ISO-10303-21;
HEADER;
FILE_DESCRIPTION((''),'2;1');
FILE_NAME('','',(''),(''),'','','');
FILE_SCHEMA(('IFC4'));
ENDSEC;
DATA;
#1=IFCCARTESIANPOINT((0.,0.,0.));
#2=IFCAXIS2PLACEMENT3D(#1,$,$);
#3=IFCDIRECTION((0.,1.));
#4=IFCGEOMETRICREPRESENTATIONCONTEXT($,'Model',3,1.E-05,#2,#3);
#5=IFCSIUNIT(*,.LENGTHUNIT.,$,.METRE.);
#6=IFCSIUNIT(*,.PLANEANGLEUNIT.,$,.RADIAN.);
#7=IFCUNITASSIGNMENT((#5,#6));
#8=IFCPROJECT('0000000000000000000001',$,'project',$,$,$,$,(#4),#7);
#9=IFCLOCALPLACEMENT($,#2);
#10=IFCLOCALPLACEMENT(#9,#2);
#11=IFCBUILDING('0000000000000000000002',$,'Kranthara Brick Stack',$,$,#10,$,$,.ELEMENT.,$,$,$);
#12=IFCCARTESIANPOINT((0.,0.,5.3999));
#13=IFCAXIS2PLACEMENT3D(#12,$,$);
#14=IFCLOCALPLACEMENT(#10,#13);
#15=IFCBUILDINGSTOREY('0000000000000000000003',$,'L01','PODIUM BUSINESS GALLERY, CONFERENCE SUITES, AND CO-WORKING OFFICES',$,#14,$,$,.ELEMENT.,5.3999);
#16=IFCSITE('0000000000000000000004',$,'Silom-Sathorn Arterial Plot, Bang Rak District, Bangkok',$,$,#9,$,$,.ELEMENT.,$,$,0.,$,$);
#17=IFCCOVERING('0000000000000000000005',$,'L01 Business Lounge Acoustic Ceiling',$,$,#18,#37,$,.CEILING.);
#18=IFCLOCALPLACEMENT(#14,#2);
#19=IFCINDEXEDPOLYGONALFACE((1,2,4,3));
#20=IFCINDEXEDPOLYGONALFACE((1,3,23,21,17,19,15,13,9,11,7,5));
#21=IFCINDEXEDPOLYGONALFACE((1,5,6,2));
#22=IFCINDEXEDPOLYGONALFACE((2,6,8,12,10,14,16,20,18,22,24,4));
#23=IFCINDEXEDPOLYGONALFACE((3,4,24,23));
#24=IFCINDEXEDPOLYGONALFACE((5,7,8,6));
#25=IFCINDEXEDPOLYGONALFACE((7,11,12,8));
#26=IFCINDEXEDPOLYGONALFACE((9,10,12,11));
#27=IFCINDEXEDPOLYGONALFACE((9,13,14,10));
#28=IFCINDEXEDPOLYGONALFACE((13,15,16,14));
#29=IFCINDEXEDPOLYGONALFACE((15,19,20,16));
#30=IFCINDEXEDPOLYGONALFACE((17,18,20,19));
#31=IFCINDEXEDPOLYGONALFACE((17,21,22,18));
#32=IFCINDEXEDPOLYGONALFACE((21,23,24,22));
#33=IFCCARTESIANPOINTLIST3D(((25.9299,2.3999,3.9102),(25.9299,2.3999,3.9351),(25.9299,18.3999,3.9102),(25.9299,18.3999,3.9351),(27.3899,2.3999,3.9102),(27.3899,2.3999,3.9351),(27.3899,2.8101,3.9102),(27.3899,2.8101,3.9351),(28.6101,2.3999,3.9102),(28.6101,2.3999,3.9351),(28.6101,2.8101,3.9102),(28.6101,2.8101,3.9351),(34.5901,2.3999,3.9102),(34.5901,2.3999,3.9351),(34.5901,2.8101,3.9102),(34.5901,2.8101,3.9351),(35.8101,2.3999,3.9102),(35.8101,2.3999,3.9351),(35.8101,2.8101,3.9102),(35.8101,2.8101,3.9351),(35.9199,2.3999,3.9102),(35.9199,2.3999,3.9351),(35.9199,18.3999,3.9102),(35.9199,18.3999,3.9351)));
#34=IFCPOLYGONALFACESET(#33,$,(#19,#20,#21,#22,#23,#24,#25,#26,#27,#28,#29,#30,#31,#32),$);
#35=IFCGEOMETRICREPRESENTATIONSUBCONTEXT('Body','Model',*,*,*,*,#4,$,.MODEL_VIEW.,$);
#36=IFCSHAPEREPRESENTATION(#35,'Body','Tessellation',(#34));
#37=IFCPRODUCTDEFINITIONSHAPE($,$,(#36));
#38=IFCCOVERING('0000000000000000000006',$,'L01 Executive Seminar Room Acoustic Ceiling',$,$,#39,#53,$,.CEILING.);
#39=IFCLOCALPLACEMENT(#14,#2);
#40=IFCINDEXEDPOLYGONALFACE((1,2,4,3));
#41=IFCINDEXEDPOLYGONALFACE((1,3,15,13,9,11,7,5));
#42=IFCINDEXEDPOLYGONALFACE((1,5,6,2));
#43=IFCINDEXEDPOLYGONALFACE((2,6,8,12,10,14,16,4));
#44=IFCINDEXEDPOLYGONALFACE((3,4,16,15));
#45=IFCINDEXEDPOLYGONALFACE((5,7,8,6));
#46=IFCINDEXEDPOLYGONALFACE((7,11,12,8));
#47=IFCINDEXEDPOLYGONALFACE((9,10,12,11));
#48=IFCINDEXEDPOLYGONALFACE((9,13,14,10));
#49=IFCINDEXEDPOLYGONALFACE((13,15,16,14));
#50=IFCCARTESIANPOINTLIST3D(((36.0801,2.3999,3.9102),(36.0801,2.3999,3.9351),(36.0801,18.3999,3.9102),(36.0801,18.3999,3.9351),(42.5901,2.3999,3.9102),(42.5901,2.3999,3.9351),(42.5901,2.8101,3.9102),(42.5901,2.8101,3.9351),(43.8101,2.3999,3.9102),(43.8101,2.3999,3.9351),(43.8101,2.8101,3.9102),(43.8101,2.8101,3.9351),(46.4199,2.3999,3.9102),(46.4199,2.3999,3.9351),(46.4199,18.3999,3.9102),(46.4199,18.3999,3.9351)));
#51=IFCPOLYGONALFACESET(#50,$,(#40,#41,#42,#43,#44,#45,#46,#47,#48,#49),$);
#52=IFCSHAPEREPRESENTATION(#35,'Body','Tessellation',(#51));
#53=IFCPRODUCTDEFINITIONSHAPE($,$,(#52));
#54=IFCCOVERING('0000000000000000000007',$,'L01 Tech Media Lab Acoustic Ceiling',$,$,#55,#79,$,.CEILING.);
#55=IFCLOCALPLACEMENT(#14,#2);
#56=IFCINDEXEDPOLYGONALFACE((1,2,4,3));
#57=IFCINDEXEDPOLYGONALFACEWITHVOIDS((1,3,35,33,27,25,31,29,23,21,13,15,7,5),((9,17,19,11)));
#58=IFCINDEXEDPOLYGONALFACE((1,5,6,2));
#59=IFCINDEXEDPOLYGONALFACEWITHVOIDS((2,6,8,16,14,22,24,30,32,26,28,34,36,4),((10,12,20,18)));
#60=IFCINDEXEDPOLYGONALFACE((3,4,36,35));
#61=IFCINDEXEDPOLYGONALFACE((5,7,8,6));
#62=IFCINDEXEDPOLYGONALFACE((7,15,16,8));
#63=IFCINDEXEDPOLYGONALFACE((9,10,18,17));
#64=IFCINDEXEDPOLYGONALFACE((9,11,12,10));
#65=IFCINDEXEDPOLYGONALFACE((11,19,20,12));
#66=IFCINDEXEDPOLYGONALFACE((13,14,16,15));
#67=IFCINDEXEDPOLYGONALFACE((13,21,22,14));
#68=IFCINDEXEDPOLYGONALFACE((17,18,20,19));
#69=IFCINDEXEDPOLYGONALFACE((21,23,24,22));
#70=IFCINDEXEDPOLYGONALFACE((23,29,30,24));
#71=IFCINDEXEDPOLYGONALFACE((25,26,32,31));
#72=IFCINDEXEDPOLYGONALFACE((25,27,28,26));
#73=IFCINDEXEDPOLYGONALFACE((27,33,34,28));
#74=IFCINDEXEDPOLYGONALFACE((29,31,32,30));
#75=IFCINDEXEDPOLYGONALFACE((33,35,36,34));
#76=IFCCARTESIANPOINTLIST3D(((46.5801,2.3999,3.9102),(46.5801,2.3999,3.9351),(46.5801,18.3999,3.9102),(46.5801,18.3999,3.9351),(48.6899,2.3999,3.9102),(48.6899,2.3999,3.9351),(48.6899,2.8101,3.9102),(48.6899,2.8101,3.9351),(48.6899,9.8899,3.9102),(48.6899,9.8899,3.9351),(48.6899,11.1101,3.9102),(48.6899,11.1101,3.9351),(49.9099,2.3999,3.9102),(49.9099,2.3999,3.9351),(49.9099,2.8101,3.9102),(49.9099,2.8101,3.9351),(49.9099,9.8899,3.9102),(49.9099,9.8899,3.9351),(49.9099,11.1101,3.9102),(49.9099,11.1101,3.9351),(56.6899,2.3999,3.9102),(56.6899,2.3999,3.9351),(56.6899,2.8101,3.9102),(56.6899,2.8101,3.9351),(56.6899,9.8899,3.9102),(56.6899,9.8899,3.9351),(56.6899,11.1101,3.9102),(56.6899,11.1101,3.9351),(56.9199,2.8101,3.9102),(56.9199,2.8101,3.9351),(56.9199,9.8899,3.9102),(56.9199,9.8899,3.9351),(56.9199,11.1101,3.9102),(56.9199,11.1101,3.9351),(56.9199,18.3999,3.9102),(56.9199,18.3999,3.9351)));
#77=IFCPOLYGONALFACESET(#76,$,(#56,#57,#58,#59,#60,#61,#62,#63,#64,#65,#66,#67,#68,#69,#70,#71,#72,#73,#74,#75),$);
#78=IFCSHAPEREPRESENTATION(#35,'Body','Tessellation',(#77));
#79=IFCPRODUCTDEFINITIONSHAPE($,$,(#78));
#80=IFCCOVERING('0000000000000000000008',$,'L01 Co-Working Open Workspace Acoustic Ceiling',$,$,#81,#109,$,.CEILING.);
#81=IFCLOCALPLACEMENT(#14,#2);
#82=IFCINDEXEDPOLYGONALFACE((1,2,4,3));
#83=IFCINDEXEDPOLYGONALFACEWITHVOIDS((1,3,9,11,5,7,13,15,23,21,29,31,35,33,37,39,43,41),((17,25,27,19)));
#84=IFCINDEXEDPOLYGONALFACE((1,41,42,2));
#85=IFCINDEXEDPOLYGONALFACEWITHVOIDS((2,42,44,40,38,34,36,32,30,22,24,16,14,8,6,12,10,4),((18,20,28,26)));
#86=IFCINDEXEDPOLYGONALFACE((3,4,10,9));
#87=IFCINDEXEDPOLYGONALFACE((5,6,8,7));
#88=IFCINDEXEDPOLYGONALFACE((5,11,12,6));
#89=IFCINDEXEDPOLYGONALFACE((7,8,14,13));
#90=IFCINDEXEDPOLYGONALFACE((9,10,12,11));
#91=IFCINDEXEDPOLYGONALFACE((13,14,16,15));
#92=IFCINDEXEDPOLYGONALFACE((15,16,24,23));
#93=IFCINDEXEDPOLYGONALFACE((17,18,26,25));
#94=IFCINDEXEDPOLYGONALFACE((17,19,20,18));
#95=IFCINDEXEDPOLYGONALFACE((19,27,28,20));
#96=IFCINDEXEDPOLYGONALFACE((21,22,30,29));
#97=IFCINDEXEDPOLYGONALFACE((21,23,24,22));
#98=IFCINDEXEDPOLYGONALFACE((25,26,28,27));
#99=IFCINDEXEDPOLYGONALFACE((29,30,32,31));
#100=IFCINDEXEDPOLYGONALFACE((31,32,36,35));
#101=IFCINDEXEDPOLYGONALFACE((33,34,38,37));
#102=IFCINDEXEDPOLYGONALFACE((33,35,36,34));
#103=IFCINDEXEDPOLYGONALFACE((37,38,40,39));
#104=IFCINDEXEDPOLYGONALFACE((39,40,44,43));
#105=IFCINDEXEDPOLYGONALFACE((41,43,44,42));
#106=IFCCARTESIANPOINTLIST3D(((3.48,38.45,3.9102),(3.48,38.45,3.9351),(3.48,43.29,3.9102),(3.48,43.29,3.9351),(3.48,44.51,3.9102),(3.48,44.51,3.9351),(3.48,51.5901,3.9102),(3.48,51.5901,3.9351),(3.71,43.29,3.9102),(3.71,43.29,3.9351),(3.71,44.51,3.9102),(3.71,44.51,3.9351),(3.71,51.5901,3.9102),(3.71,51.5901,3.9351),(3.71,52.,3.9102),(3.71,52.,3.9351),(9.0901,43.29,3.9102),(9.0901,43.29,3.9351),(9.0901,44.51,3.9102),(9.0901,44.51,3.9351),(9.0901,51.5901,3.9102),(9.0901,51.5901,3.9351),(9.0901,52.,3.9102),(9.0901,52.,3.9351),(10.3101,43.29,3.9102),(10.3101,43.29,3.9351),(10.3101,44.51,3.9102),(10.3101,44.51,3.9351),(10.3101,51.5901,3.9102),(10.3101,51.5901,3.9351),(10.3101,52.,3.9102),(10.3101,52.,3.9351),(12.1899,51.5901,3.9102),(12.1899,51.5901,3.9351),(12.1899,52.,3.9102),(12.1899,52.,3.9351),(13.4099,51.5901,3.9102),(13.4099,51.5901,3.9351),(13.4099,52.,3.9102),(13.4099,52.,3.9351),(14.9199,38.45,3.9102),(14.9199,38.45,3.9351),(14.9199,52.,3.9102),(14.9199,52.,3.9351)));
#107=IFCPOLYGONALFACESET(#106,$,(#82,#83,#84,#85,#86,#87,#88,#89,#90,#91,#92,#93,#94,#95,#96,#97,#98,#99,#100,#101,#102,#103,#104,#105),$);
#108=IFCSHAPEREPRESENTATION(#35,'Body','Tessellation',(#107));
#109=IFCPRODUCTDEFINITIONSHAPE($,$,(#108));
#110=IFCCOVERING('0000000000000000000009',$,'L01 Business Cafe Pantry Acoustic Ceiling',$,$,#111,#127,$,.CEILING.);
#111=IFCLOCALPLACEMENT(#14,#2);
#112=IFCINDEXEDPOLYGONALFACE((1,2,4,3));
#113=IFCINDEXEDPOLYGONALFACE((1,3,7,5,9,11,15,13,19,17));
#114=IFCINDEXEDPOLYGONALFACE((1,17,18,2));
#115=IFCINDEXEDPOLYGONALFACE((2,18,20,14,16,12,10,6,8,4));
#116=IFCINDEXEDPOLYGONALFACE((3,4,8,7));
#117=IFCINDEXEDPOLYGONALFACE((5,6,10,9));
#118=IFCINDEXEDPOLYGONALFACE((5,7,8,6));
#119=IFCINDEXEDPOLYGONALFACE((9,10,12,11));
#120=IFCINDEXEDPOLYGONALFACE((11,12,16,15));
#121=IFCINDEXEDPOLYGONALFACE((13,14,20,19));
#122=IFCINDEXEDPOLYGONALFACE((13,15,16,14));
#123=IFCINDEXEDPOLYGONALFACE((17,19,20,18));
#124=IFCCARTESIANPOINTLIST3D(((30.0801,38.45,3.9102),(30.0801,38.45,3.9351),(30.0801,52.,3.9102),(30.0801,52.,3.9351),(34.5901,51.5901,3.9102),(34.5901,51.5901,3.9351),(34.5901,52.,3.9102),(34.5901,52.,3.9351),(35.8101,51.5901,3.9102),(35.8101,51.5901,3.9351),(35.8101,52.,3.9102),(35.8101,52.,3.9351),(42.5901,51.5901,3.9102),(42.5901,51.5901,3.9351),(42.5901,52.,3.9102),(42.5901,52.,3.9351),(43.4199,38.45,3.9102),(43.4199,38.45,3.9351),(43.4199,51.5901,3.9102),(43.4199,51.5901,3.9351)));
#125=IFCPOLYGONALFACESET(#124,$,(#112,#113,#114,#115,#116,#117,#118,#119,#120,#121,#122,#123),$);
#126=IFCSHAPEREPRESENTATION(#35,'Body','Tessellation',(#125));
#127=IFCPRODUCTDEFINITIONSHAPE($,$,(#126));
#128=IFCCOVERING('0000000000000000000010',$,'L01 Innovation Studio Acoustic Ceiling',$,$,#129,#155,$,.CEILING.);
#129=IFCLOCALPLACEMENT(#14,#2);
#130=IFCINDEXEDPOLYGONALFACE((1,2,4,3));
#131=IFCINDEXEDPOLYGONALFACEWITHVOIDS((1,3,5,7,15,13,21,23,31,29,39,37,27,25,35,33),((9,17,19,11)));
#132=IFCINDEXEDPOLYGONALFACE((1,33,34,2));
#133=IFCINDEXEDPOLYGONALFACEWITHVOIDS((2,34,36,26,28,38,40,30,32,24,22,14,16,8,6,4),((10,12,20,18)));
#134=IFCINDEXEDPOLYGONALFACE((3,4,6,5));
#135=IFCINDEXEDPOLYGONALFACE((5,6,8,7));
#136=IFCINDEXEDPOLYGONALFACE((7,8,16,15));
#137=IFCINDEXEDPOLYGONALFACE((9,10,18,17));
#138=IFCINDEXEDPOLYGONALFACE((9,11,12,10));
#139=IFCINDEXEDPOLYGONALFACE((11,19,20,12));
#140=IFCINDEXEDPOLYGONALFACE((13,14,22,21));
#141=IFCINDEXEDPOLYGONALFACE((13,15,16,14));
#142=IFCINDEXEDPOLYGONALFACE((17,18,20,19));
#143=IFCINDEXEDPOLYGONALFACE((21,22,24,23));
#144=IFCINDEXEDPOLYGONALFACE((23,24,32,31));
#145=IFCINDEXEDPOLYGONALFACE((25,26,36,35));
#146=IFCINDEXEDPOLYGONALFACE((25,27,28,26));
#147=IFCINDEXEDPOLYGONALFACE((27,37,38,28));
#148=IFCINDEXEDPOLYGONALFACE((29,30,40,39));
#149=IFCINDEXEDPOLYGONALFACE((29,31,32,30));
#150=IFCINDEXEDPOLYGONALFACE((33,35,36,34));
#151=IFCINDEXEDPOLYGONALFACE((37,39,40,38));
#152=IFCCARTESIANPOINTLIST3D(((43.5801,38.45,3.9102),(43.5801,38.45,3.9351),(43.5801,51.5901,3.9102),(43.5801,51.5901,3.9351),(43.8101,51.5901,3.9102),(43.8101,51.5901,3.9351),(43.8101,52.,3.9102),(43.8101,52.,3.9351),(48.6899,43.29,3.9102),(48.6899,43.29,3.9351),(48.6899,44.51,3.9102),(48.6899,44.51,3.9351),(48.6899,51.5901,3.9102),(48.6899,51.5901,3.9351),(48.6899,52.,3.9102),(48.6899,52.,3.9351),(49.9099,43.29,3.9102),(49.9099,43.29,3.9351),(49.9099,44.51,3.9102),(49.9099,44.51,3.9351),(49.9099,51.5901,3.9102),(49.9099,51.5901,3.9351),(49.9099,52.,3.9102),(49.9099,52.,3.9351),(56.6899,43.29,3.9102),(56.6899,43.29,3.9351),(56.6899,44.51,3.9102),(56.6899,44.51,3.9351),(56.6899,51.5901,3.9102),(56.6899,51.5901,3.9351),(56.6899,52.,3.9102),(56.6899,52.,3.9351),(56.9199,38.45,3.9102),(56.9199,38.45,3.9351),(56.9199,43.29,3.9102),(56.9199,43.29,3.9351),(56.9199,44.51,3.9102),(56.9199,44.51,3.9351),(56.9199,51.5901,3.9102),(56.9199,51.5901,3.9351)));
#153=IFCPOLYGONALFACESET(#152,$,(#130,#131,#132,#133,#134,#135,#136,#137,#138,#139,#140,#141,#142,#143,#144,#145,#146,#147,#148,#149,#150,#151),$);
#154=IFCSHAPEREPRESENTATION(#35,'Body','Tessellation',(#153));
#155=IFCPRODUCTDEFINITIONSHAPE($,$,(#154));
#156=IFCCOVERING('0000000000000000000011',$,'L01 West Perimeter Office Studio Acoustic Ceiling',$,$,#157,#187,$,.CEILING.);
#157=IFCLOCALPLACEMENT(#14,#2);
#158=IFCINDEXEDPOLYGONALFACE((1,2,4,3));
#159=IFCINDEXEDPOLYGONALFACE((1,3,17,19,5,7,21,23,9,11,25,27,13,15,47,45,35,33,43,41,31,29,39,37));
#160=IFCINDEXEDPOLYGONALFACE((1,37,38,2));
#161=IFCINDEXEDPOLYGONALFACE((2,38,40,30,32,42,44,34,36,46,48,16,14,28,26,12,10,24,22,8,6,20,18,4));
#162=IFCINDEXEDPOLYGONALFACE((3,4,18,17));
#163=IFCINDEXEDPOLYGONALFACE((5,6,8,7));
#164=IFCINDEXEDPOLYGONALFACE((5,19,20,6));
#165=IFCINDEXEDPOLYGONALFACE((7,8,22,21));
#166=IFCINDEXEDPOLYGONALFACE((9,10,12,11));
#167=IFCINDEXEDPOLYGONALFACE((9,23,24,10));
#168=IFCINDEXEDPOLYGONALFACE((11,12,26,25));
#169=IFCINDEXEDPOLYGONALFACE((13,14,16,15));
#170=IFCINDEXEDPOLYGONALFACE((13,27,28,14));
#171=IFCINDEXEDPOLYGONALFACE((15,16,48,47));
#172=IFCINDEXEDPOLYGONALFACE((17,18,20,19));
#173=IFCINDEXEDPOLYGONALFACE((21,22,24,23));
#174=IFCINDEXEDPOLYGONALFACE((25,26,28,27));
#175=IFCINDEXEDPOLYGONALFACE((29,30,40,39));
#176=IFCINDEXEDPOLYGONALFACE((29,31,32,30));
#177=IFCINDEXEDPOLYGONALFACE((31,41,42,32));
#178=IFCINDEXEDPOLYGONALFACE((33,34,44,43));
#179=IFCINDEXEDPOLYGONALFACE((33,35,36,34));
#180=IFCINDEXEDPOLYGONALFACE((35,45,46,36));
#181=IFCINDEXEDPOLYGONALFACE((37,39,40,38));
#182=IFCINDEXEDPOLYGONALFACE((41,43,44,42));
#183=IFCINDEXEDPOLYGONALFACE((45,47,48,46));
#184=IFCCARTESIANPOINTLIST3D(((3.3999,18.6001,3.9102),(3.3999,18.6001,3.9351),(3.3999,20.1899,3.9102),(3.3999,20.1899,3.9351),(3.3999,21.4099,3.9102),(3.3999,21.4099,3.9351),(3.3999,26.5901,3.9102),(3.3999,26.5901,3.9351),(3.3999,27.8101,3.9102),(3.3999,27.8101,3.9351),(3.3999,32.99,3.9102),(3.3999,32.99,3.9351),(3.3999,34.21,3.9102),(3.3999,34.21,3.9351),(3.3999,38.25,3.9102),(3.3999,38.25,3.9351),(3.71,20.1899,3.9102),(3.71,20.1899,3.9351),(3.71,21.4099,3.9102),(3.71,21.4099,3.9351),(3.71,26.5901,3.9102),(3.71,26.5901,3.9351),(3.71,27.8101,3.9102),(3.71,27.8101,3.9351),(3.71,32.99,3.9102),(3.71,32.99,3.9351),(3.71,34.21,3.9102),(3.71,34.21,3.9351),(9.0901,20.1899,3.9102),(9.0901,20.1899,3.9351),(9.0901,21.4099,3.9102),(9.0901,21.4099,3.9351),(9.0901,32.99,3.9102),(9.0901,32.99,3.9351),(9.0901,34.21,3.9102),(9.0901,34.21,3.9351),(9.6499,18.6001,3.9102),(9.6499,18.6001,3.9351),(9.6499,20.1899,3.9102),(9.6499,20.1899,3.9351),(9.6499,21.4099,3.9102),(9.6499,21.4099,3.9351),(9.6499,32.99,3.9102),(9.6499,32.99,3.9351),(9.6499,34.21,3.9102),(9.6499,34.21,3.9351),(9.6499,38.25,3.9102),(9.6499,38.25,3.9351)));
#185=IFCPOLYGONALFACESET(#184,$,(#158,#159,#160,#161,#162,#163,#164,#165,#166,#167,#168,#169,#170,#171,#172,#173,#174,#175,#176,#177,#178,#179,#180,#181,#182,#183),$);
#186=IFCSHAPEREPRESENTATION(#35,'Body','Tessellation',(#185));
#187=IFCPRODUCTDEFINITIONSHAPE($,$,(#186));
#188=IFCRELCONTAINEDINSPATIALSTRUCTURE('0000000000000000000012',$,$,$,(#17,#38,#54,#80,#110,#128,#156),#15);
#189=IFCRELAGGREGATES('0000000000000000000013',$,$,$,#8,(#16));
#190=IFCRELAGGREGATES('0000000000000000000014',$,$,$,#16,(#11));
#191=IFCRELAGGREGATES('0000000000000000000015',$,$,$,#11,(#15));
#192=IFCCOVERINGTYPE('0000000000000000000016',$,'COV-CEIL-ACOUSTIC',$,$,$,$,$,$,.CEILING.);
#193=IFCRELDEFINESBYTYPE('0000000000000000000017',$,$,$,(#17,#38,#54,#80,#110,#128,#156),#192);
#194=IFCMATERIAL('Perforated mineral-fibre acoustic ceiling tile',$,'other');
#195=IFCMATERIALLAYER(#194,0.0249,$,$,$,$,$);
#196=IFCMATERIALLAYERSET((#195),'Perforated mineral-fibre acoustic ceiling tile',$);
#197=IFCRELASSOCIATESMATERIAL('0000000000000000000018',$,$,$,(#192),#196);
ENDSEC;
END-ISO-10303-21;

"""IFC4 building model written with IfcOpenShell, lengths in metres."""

from ifc_helpers import new_model, si_unit, direction, frame, origin, place, context, subcontext, project, spatial, polyline, outline, extrude, material, layer, layer_set, type_object, element, save


model = new_model("IFC4")

# Units and contexts
model_context = context("Model", 3, precision=1e-05, world=origin(), true_north=direction((0.0, 1.0)))
body_context = subcontext(model_context, "Body", "Model", "MODEL_VIEW")
ifc_project = project(units=[si_unit("LENGTHUNIT", "METRE"), si_unit("PLANEANGLEUNIT", "RADIAN")], contexts=[model_context])

# Site, building, storey
site_placement = place(None, origin())
site = spatial("IfcSite", under=ifc_project, at=site_placement, Name="Silom-Sathorn Arterial Plot, Bang Rak District, Bangkok", CompositionType="ELEMENT", RefElevation=0.0)
building_placement = place(site_placement, origin())
building = spatial("IfcBuilding", under=site, at=building_placement, Name="Kranthara Brick Stack", CompositionType="ELEMENT")
storey_placement = place(building_placement, frame((0.0, 0.0, 5.3999)))
storey = spatial("IfcBuildingStorey", under=building, at=storey_placement, Name="L01", Description="PODIUM BUSINESS GALLERY, CONFERENCE SUITES, AND CO-WORKING OFFICES", CompositionType="ELEMENT", Elevation=5.3999)

# Coverings
ifc_material_1 = material(Name="Perforated mineral-fibre acoustic ceiling tile", Category="other")
ifc_layer_1 = layer(ifc_material_1, 0.0249)
ifc_layer_set_1 = layer_set([ifc_layer_1], Name="Perforated mineral-fibre acoustic ceiling tile")
covering_type_1 = type_object("IfcCoveringType", Name="COV-CEIL-ACOUSTIC", PredefinedType="CEILING", material=ifc_layer_set_1)
covering_1_placement = place(storey_placement, frame((0.0, 0.0, 3.9102)))
element("IfcCovering", 1, at=covering_1_placement, inside=storey, type_object=covering_type_1, Name="L01 Business Lounge Acoustic Ceiling", PredefinedType="CEILING", context=body_context, shape_type="SweptSolid", body=[
    extrude(outline(polyline([(25.9299, 18.3999), (35.9199, 18.3999), (35.9199, 2.3999), (35.8101, 2.3999), (35.8101, 2.8101), (34.5901, 2.8101), (34.5901, 2.3999), (28.6101, 2.3999), (28.6101, 2.8101), (27.3899, 2.8101), (27.3899, 2.3999), (25.9299, 2.3999), (25.9299, 18.3999)])), origin(), (0.0, 0.0, 1.0), 0.0249),
])
covering_2_placement = place(storey_placement, frame((0.0, 0.0, 3.9102)))
element("IfcCovering", 2, at=covering_2_placement, inside=storey, type_object=covering_type_1, Name="L01 Executive Seminar Room Acoustic Ceiling", PredefinedType="CEILING", context=body_context, shape_type="SweptSolid", body=[
    extrude(outline(polyline([(36.0801, 2.3999), (36.0801, 18.3999), (46.4199, 18.3999), (46.4199, 2.3999), (43.8101, 2.3999), (43.8101, 2.8101), (42.5901, 2.8101), (42.5901, 2.3999), (36.0801, 2.3999)])), origin(), (0.0, 0.0, 1.0), 0.0249),
])
covering_3_placement = place(storey_placement, frame((0.0, 0.0, 3.9102)))
element("IfcCovering", 3, at=covering_3_placement, inside=storey, type_object=covering_type_1, Name="L01 Tech Media Lab Acoustic Ceiling", PredefinedType="CEILING", context=body_context, shape_type="SweptSolid", body=[
    extrude(outline(polyline([(56.9199, 11.1101), (56.6899, 11.1101), (56.6899, 9.8899), (56.9199, 9.8899), (56.9199, 2.8101), (56.6899, 2.8101), (56.6899, 2.3999), (49.9099, 2.3999), (49.9099, 2.8101), (48.6899, 2.8101), (48.6899, 2.3999), (46.5801, 2.3999), (46.5801, 18.3999), (56.9199, 18.3999), (56.9199, 11.1101)]), holes=[polyline([(49.9099, 11.1101), (48.6899, 11.1101), (48.6899, 9.8899), (49.9099, 9.8899), (49.9099, 11.1101)])]), origin(), (0.0, 0.0, 1.0), 0.0249),
])
covering_4_placement = place(storey_placement, frame((0.0, 0.0, 3.9102)))
element("IfcCovering", 4, at=covering_4_placement, inside=storey, type_object=covering_type_1, Name="L01 Co-Working Open Workspace Acoustic Ceiling", PredefinedType="CEILING", context=body_context, shape_type="SweptSolid", body=[
    extrude(outline(polyline([(3.71, 43.29), (3.71, 44.51), (3.48, 44.51), (3.48, 51.5901), (3.71, 51.5901), (3.71, 52.0), (9.0901, 52.0), (9.0901, 51.5901), (10.3101, 51.5901), (10.3101, 52.0), (12.1899, 52.0), (12.1899, 51.5901), (13.4099, 51.5901), (13.4099, 52.0), (14.9199, 52.0), (14.9199, 38.45), (3.48, 38.45), (3.48, 43.29), (3.71, 43.29)]), holes=[polyline([(10.3101, 44.51), (9.0901, 44.51), (9.0901, 43.29), (10.3101, 43.29), (10.3101, 44.51)])]), origin(), (0.0, 0.0, 1.0), 0.0249),
])
covering_5_placement = place(storey_placement, frame((0.0, 0.0, 3.9102)))
element("IfcCovering", 5, at=covering_5_placement, inside=storey, type_object=covering_type_1, Name="L01 Business Cafe Pantry Acoustic Ceiling", PredefinedType="CEILING", context=body_context, shape_type="SweptSolid", body=[
    extrude(outline(polyline([(43.4199, 38.45), (30.0801, 38.45), (30.0801, 52.0), (34.5901, 52.0), (34.5901, 51.5901), (35.8101, 51.5901), (35.8101, 52.0), (42.5901, 52.0), (42.5901, 51.5901), (43.4199, 51.5901), (43.4199, 38.45)])), origin(), (0.0, 0.0, 1.0), 0.0249),
])
covering_6_placement = place(storey_placement, frame((0.0, 0.0, 3.9102)))
element("IfcCovering", 6, at=covering_6_placement, inside=storey, type_object=covering_type_1, Name="L01 Innovation Studio Acoustic Ceiling", PredefinedType="CEILING", context=body_context, shape_type="SweptSolid", body=[
    extrude(outline(polyline([(43.8101, 51.5901), (43.8101, 52.0), (48.6899, 52.0), (48.6899, 51.5901), (49.9099, 51.5901), (49.9099, 52.0), (56.6899, 52.0), (56.6899, 51.5901), (56.9199, 51.5901), (56.9199, 44.51), (56.6899, 44.51), (56.6899, 43.29), (56.9199, 43.29), (56.9199, 38.45), (43.5801, 38.45), (43.5801, 51.5901), (43.8101, 51.5901)]), holes=[polyline([(49.9099, 44.51), (48.6899, 44.51), (48.6899, 43.29), (49.9099, 43.29), (49.9099, 44.51)])]), origin(), (0.0, 0.0, 1.0), 0.0249),
])
covering_7_placement = place(storey_placement, frame((0.0, 0.0, 3.9102)))
element("IfcCovering", 7, at=covering_7_placement, inside=storey, type_object=covering_type_1, Name="L01 West Perimeter Office Studio Acoustic Ceiling", PredefinedType="CEILING", context=body_context, shape_type="SweptSolid", body=[
    extrude(outline(polyline([(3.3999, 20.1899), (3.71, 20.1899), (3.71, 21.4099), (3.3999, 21.4099), (3.3999, 26.5901), (3.71, 26.5901), (3.71, 27.8101), (3.3999, 27.8101), (3.3999, 32.99), (3.71, 32.99), (3.71, 34.21), (3.3999, 34.21), (3.3999, 38.25), (9.6499, 38.25), (9.6499, 34.21), (9.0901, 34.21), (9.0901, 32.99), (9.6499, 32.99), (9.6499, 21.4099), (9.0901, 21.4099), (9.0901, 20.1899), (9.6499, 20.1899), (9.6499, 18.6001), (3.3999, 18.6001), (3.3999, 20.1899)])), origin(), (0.0, 0.0, 1.0), 0.0249),
])

save(model, "model.ifc")
